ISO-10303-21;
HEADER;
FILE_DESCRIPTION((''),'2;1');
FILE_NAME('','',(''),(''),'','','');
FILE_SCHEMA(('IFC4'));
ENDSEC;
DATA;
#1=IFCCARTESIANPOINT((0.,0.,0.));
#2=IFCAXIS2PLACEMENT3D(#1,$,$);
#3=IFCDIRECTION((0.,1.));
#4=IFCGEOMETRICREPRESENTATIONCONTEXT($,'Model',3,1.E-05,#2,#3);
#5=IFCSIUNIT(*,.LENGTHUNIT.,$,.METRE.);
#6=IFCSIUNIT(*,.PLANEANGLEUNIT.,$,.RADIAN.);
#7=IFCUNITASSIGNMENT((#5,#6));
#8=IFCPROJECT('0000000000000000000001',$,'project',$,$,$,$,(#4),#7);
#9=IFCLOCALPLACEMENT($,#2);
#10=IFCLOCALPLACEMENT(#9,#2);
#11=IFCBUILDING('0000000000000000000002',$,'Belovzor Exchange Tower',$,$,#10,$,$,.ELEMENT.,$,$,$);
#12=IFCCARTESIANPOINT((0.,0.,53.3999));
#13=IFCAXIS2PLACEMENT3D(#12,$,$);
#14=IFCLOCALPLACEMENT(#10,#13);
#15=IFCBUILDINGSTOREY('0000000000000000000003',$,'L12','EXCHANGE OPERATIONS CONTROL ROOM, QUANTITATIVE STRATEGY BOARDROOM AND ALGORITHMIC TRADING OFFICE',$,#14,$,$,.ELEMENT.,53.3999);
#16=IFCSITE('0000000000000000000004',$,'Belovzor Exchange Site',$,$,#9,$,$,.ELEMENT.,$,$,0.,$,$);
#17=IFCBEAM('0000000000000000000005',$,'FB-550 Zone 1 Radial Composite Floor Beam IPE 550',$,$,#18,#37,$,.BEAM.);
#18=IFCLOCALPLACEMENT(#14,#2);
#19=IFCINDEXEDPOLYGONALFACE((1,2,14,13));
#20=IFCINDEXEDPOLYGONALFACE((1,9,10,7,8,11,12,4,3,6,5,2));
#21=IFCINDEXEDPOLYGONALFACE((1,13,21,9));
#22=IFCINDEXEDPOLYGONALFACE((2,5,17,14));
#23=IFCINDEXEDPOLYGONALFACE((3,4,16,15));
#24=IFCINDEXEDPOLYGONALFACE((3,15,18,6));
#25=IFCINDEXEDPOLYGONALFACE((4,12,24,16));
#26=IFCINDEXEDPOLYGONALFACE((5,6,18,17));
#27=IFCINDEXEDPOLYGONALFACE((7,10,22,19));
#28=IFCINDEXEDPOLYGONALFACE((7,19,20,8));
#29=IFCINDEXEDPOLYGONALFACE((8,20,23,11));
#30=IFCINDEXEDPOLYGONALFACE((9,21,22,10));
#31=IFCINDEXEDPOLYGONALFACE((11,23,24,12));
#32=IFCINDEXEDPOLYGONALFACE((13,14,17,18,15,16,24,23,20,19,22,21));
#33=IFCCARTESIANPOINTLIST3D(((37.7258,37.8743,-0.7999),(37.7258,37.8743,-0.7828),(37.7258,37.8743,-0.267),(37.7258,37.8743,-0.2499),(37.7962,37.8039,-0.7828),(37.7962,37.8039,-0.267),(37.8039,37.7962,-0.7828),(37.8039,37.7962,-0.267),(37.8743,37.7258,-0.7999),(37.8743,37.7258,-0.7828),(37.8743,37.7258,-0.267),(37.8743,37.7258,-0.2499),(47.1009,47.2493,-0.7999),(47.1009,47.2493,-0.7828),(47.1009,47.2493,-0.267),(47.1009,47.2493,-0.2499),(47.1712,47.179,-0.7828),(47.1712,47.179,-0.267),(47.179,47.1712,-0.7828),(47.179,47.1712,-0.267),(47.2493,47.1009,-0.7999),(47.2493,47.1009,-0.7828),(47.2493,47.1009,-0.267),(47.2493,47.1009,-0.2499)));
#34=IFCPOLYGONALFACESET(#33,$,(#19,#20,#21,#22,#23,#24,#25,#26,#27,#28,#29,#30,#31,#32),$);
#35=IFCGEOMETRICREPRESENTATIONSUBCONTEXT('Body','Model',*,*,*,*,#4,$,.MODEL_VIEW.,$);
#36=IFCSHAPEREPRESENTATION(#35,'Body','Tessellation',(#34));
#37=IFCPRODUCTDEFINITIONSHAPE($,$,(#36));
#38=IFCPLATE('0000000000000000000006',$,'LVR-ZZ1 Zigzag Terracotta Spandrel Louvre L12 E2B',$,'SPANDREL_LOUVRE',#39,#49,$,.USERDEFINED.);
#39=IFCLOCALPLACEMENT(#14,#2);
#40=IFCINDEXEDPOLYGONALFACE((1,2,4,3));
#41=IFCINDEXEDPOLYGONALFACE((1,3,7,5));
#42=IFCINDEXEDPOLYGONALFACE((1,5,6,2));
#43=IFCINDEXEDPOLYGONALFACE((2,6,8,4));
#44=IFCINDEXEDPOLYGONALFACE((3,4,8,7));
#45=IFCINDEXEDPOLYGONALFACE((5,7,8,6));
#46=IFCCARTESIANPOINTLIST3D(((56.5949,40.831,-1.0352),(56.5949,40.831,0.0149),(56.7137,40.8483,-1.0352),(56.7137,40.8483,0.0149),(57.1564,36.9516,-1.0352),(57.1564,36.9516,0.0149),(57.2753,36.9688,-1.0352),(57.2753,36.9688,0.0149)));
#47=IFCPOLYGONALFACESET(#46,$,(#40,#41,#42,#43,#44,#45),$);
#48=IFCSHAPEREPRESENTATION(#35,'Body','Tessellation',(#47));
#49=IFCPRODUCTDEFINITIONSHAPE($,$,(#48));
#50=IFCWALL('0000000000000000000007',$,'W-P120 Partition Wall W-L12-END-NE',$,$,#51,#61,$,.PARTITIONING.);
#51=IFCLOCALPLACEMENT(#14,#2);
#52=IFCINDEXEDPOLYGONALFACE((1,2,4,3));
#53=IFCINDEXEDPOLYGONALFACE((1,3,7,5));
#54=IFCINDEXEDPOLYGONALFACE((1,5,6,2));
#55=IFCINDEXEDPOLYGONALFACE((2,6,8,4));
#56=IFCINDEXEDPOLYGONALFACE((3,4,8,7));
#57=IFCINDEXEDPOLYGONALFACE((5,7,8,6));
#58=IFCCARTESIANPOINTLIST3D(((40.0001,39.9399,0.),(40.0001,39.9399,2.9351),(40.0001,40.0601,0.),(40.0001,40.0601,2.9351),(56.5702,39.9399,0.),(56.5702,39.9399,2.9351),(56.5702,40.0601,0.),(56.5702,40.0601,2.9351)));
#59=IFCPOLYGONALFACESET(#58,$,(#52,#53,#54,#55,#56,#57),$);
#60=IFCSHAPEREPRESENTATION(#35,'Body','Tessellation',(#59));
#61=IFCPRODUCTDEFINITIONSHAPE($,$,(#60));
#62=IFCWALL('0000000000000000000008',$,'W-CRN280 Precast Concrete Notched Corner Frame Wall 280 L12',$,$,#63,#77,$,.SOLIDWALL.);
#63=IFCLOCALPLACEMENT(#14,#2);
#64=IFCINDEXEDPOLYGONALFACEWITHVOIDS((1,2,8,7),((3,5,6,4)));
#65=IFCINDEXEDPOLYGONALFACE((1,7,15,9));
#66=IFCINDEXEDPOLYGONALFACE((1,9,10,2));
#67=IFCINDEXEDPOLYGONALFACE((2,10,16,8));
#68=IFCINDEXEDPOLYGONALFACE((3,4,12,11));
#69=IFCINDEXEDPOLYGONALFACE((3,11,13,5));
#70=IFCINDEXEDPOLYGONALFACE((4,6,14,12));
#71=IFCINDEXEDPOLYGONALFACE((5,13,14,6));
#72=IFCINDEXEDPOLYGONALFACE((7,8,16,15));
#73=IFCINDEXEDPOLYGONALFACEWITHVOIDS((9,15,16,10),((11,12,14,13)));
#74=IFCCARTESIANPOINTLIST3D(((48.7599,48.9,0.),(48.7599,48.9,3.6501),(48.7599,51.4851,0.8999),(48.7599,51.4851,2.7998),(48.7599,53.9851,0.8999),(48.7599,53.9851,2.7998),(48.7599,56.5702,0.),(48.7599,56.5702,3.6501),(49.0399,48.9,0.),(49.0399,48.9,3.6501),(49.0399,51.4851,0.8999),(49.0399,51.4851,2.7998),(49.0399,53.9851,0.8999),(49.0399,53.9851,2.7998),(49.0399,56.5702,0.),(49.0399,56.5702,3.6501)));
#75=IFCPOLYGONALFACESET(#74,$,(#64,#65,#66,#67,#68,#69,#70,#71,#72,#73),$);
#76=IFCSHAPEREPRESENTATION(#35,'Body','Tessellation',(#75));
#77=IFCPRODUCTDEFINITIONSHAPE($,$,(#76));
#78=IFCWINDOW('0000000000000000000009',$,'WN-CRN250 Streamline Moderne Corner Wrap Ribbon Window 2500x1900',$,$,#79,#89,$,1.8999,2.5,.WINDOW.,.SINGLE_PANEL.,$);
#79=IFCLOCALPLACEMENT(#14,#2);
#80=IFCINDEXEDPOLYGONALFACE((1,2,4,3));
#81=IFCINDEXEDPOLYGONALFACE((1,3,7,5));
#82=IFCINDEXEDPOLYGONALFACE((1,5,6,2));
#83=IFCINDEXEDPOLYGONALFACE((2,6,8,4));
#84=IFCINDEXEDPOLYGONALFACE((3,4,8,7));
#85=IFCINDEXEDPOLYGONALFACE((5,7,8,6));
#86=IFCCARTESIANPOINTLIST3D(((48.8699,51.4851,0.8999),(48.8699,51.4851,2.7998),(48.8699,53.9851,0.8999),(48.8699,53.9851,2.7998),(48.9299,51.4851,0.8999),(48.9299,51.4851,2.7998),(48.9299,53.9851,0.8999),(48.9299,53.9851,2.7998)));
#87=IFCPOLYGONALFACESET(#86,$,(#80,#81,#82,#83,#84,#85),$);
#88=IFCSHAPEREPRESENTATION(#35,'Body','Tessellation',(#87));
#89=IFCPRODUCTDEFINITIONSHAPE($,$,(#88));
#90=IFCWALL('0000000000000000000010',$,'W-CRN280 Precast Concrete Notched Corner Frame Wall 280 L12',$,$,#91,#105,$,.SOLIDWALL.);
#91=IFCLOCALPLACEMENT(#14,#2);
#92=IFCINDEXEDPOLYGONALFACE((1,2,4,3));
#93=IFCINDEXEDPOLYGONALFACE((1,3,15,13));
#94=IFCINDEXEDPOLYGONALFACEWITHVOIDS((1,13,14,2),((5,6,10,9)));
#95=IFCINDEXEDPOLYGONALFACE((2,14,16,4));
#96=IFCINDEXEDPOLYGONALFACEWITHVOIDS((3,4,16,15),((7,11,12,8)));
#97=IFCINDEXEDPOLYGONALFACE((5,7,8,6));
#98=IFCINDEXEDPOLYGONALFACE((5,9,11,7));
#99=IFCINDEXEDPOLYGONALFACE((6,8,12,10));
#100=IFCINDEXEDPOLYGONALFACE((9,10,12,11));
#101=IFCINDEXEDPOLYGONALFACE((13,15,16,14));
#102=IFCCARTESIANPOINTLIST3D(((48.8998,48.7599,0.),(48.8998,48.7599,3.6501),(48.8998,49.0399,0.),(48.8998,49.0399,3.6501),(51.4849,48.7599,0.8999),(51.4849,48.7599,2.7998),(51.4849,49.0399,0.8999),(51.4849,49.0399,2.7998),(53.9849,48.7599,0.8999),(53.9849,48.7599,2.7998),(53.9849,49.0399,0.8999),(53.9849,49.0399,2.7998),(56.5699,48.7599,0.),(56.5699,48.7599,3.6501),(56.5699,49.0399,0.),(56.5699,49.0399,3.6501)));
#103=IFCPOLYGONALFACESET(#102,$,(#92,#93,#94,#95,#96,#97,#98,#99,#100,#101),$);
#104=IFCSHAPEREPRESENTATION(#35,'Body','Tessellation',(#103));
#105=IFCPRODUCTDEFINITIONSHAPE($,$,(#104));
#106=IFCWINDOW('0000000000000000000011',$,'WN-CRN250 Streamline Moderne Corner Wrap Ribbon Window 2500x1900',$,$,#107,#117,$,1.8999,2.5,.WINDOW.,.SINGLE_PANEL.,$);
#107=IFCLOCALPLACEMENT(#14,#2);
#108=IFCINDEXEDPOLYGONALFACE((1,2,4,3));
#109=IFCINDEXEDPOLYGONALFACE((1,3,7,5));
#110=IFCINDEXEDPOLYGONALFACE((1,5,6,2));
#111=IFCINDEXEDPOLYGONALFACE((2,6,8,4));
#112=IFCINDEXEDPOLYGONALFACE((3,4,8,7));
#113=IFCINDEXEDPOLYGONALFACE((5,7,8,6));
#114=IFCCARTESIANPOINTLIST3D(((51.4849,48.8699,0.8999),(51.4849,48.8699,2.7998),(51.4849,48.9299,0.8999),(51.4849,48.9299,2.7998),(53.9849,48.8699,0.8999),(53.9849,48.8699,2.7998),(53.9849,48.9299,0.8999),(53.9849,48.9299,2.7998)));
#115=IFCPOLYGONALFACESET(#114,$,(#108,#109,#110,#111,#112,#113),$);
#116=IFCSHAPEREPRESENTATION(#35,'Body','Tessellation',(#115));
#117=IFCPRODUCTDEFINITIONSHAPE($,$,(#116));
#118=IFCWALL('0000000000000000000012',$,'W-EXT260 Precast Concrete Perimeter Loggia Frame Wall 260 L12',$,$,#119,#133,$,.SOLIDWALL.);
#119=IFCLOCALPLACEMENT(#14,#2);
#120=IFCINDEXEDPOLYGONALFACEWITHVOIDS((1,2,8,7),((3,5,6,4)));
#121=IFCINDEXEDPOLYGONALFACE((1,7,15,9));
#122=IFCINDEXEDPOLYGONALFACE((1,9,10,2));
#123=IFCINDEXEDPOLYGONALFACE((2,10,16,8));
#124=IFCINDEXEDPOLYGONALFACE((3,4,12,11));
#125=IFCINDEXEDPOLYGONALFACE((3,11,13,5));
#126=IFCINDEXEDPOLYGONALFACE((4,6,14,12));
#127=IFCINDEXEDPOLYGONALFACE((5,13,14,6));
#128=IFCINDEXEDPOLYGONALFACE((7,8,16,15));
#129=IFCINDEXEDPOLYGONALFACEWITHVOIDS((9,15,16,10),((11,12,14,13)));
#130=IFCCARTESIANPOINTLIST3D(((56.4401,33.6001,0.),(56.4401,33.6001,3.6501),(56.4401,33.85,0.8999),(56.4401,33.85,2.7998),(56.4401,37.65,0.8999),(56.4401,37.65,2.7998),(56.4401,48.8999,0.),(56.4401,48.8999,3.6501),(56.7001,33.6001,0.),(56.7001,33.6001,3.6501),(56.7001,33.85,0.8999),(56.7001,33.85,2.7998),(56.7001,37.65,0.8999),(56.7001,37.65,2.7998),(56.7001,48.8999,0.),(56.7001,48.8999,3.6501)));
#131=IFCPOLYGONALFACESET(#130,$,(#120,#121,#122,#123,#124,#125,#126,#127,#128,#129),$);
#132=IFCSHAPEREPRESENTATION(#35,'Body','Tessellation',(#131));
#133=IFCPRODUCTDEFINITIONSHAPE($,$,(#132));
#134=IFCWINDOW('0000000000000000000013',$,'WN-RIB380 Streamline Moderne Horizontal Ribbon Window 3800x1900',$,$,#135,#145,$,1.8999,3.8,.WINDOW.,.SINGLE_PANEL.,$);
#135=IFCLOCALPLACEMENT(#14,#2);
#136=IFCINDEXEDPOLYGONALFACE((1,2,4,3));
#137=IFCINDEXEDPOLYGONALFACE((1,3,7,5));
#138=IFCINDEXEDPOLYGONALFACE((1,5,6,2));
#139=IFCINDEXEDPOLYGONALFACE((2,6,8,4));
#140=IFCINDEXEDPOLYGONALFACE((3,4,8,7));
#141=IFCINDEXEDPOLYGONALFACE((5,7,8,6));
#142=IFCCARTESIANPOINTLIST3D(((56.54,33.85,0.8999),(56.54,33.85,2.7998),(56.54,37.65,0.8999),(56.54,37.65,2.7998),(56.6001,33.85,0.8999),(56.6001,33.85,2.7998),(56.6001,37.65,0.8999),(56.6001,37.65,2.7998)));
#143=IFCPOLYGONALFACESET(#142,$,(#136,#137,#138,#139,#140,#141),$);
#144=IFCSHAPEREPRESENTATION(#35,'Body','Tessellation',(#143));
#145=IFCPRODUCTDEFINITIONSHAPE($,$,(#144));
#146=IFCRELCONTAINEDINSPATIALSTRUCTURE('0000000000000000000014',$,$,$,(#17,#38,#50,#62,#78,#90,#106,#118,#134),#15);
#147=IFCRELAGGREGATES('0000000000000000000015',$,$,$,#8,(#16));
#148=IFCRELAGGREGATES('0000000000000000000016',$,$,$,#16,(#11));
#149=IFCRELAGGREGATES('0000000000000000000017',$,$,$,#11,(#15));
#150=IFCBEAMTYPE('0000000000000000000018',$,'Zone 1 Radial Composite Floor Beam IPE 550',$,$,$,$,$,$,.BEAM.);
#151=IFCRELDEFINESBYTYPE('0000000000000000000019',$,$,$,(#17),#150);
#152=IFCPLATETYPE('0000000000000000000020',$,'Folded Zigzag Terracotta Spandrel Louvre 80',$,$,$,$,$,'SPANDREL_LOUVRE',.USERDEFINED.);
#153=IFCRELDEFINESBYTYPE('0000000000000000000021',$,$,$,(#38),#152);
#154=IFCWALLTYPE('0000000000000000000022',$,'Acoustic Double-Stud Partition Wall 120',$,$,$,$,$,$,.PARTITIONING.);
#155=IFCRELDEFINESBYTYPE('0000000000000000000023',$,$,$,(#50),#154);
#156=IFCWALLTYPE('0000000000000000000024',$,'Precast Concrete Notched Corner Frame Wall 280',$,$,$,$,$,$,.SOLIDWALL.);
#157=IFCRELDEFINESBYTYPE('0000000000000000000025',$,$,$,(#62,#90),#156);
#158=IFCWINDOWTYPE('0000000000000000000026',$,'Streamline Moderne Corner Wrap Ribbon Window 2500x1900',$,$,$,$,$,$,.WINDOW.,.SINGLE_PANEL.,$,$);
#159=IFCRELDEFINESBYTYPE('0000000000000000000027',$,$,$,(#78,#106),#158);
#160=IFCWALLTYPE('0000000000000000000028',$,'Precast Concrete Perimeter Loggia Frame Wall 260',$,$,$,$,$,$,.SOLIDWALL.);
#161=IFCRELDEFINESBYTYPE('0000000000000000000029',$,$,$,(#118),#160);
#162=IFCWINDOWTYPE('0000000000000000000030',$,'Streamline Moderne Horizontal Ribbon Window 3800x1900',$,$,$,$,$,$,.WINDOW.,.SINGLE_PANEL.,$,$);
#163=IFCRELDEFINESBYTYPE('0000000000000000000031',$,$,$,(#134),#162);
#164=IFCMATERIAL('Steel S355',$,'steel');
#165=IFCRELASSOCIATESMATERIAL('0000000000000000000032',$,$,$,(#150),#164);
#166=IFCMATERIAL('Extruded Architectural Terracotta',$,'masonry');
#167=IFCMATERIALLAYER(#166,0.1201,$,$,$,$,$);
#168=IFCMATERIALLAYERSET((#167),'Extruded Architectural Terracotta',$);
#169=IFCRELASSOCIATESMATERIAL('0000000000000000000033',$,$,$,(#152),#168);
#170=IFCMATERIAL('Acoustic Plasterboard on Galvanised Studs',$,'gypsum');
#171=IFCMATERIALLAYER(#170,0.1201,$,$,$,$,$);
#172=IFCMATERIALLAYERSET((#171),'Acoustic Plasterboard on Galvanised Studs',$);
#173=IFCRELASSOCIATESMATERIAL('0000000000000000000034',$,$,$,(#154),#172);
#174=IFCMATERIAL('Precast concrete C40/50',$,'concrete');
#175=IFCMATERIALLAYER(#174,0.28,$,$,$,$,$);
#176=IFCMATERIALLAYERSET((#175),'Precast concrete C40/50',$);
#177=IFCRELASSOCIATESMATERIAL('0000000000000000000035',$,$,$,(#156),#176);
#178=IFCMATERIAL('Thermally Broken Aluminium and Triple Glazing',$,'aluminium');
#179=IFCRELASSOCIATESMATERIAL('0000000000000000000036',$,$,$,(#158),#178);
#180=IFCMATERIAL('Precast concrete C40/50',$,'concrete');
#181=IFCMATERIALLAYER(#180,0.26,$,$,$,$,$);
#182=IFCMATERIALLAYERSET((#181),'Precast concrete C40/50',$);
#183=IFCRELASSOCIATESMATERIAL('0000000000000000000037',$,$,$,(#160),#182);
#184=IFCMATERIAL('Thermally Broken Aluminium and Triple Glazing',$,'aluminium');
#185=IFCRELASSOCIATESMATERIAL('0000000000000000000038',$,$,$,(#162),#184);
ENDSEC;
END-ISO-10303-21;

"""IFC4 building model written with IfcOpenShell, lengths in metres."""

from ifc_helpers import new_model, si_unit, direction, frame, frame_2d, origin, origin_2d, place, context, subcontext, project, spatial, rectangle, i_section, extrude, material, layer, layer_set, material_profile, profile_set, type_object, element, fill, save


model = new_model("IFC4")

# Units and contexts
model_context = context("Model", 3, precision=1e-05, world=origin(), true_north=direction((0.0, 1.0)))
body_context = subcontext(model_context, "Body", "Model", "MODEL_VIEW")
ifc_project = project(units=[si_unit("LENGTHUNIT", "METRE"), si_unit("PLANEANGLEUNIT", "RADIAN")], contexts=[model_context])

# Site, building, storey
site_placement = place(None, origin())
site = spatial("IfcSite", under=ifc_project, at=site_placement, Name="Belovzor Exchange Site", CompositionType="ELEMENT", RefElevation=0.0)
building_placement = place(site_placement, origin())
building = spatial("IfcBuilding", under=site, at=building_placement, Name="Belovzor Exchange Tower", CompositionType="ELEMENT")
storey_placement = place(building_placement, frame((0.0, 0.0, 53.3999)))
storey = spatial("IfcBuildingStorey", under=building, at=storey_placement, Name="L12", Description="EXCHANGE OPERATIONS CONTROL ROOM, QUANTITATIVE STRATEGY BOARDROOM AND ALGORITHMIC TRADING OFFICE", CompositionType="ELEMENT", Elevation=53.3999)

# Beam
ifc_material_1 = material(Name="Steel S355", Category="steel")
ifc_material_profile_1 = material_profile(ifc_material_1, i_section(OverallWidth=0.21, OverallDepth=0.55, WebThickness=0.011, FlangeThickness=0.0171, at=origin_2d()))
ifc_profile_set_1 = profile_set([ifc_material_profile_1], Name="Steel S355")
beam_type_1 = type_object("IfcBeamType", Name="Zone 1 Radial Composite Floor Beam IPE 550", PredefinedType="BEAM", material=ifc_profile_set_1)
beam_1_placement = place(storey_placement, frame((37.8, 37.8, -0.5249), z_axis=(0.707107, 0.707107, 0.0), x_axis=(-0.707107, 0.707107, 0.0)))
element("IfcBeam", 1, at=beam_1_placement, inside=storey, type_object=beam_type_1, Name="FB-550 Zone 1 Radial Composite Floor Beam IPE 550", PredefinedType="BEAM", context=body_context, shape_type="SweptSolid", body=[
    extrude(i_section(OverallWidth=0.21, OverallDepth=0.55, WebThickness=0.011, FlangeThickness=0.0171, at=origin_2d()), origin(), (0.0, 0.0, 1.0), 13.2583),
])

# Plate
ifc_material_2 = material(Name="Extruded Architectural Terracotta", Category="masonry")
ifc_layer_1 = layer(ifc_material_2, 0.1201)
ifc_layer_set_1 = layer_set([ifc_layer_1], Name="Extruded Architectural Terracotta")
plate_type = type_object("IfcPlateType", Name="Folded Zigzag Terracotta Spandrel Louvre 80", ElementType="SPANDREL_LOUVRE", PredefinedType="USERDEFINED", material=ifc_layer_set_1)
plate_placement = place(storey_placement, frame((56.9351, 38.8999, -1.0352), z_axis=(0.0, 0.0, 1.0), x_axis=(-0.143251, 0.989686, 0.0)))
element("IfcPlate", 2, at=plate_placement, inside=storey, type_object=plate_type, Name="LVR-ZZ1 Zigzag Terracotta Spandrel Louvre L12 E2B", ObjectType="SPANDREL_LOUVRE", PredefinedType="USERDEFINED", context=body_context, shape_type="SweptSolid", body=[
    extrude(rectangle(XDim=3.9199, YDim=0.1201, at=origin_2d()), origin(), (0.0, 0.0, 1.0), 1.05),
])

# Wall
ifc_material_3 = material(Name="Acoustic Plasterboard on Galvanised Studs", Category="gypsum")
ifc_layer_2 = layer(ifc_material_3, 0.1201)
ifc_layer_set_2 = layer_set([ifc_layer_2], Name="Acoustic Plasterboard on Galvanised Studs")
wall_type_1 = type_object("IfcWallType", Name="Acoustic Double-Stud Partition Wall 120", PredefinedType="PARTITIONING", material=ifc_layer_set_2)
wall_1_placement = place(storey_placement, frame((40.0, 40.0, 0.0), z_axis=(0.0, 0.0, 1.0), x_axis=(1.0, 0.0, 0.0)))
element("IfcWall", 3, at=wall_1_placement, inside=storey, type_object=wall_type_1, Name="W-P120 Partition Wall W-L12-END-NE", PredefinedType="PARTITIONING", context=body_context, shape_type="SweptSolid", body=[
    extrude(rectangle(XDim=16.5701, YDim=0.1201, at=frame_2d((8.2852, 0.0))), origin(), (0.0, 0.0, 1.0), 2.9351),
])

# Walls, openings, windows
ifc_material_4 = material(Name="Precast concrete C40/50", Category="concrete")
ifc_layer_3 = layer(ifc_material_4, 0.28)
ifc_layer_set_3 = layer_set([ifc_layer_3], Name="Precast concrete C40/50")
wall_type_2 = type_object("IfcWallType", Name="Precast Concrete Notched Corner Frame Wall 280", PredefinedType="SOLIDWALL", material=ifc_layer_set_3)
wall_2_placement = place(storey_placement, frame((48.8999, 56.5701, 0.0), z_axis=(0.0, 0.0, 1.0), x_axis=(0.0, -1.0, 0.0)))
wall_2 = element("IfcWall", 4, at=wall_2_placement, inside=storey, type_object=wall_type_2, Name="W-CRN280 Precast Concrete Notched Corner Frame Wall 280 L12", PredefinedType="SOLIDWALL", context=body_context, shape_type="SweptSolid", body=[
    extrude(rectangle(XDim=7.6702, YDim=0.28, at=frame_2d((3.835, 0.0))), origin(), (0.0, 0.0, 1.0), 3.6501),
])
opening_1_placement = place(wall_2_placement, frame((2.585, 0.0, 0.8999)))
opening_1 = element("IfcOpeningElement", 5, at=opening_1_placement, cuts=wall_2, PredefinedType="OPENING", context=body_context, shape_type="SweptSolid", body=[
    extrude(rectangle(XDim=2.5, YDim=1.8999, at=frame_2d((1.25, 0.95))), frame((0.0, 0.1499, 0.0), z_axis=(0.0, -1.0, 0.0), x_axis=(1.0, 0.0, 0.0)), (0.0, 0.0, 1.0), 0.3),
])
ifc_material_5 = material(Name="Thermally Broken Aluminium and Triple Glazing", Category="aluminium")
window_type_1 = type_object("IfcWindowType", Name="Streamline Moderne Corner Wrap Ribbon Window 2500x1900", PartitioningType="SINGLE_PANEL", PredefinedType="WINDOW", material=ifc_material_5)
window_1_placement = place(opening_1_placement, origin())
window_1 = element("IfcWindow", 6, at=window_1_placement, inside=storey, type_object=window_type_1, Name="WN-CRN250 Streamline Moderne Corner Wrap Ribbon Window 2500x1900", OverallHeight=1.8999, OverallWidth=2.5, PartitioningType="SINGLE_PANEL", PredefinedType="WINDOW", context=body_context, shape_type="SweptSolid", body=[
    extrude(rectangle(XDim=2.5, YDim=1.8999, at=frame_2d((1.25, 0.95))), frame((0.0, 0.03, 0.0), z_axis=(0.0, -1.0, 0.0), x_axis=(1.0, 0.0, 0.0)), (0.0, 0.0, 1.0), 0.0601),
])
fill(opening_1, window_1)
wall_3_placement = place(storey_placement, frame((48.8999, 48.8999, 0.0), z_axis=(0.0, 0.0, 1.0), x_axis=(1.0, 0.0, 0.0)))
wall_3 = element("IfcWall", 7, at=wall_3_placement, inside=storey, type_object=wall_type_2, Name="W-CRN280 Precast Concrete Notched Corner Frame Wall 280 L12", PredefinedType="SOLIDWALL", context=body_context, shape_type="SweptSolid", body=[
    extrude(rectangle(XDim=7.6702, YDim=0.28, at=frame_2d((3.835, 0.0))), origin(), (0.0, 0.0, 1.0), 3.6501),
])
opening_2_placement = place(wall_3_placement, frame((2.585, 0.0, 0.8999)))
opening_2 = element("IfcOpeningElement", 8, at=opening_2_placement, cuts=wall_3, PredefinedType="OPENING", context=body_context, shape_type="SweptSolid", body=[
    extrude(rectangle(XDim=2.5, YDim=1.8999, at=frame_2d((1.25, 0.95))), frame((0.0, 0.1499, 0.0), z_axis=(0.0, -1.0, 0.0), x_axis=(1.0, 0.0, 0.0)), (0.0, 0.0, 1.0), 0.3),
])
window_2_placement = place(opening_2_placement, origin())
window_2 = element("IfcWindow", 9, at=window_2_placement, inside=storey, type_object=window_type_1, Name="WN-CRN250 Streamline Moderne Corner Wrap Ribbon Window 2500x1900", OverallHeight=1.8999, OverallWidth=2.5, PartitioningType="SINGLE_PANEL", PredefinedType="WINDOW", context=body_context, shape_type="SweptSolid", body=[
    extrude(rectangle(XDim=2.5, YDim=1.8999, at=frame_2d((1.25, 0.95))), frame((0.0, 0.03, 0.0), z_axis=(0.0, -1.0, 0.0), x_axis=(1.0, 0.0, 0.0)), (0.0, 0.0, 1.0), 0.0601),
])
fill(opening_2, window_2)
ifc_material_6 = material(Name="Precast concrete C40/50", Category="concrete")
ifc_layer_4 = layer(ifc_material_6, 0.26)
ifc_layer_set_4 = layer_set([ifc_layer_4], Name="Precast concrete C40/50")
wall_type_3 = type_object("IfcWallType", Name="Precast Concrete Perimeter Loggia Frame Wall 260", PredefinedType="SOLIDWALL", material=ifc_layer_set_4)
wall_4_placement = place(storey_placement, frame((56.5701, 48.8999, 0.0), z_axis=(0.0, 0.0, 1.0), x_axis=(0.0, -1.0, 0.0)))
wall_4 = element("IfcWall", 10, at=wall_4_placement, inside=storey, type_object=wall_type_3, Name="W-EXT260 Precast Concrete Perimeter Loggia Frame Wall 260 L12", PredefinedType="SOLIDWALL", context=body_context, shape_type="SweptSolid", body=[
    extrude(rectangle(XDim=15.2998, YDim=0.26, at=frame_2d((7.6499, 0.0))), origin(), (0.0, 0.0, 1.0), 3.6501),
])
opening_3_placement = place(wall_4_placement, frame((11.25, 0.0, 0.8999)))
opening_3 = element("IfcOpeningElement", 11, at=opening_3_placement, cuts=wall_4, PredefinedType="OPENING", context=body_context, shape_type="SweptSolid", body=[
    extrude(rectangle(XDim=3.8, YDim=1.8999, at=frame_2d((1.8999, 0.95))), frame((0.0, 0.1399, 0.0), z_axis=(0.0, -1.0, 0.0), x_axis=(1.0, 0.0, 0.0)), (0.0, 0.0, 1.0), 0.28),
])
ifc_material_7 = material(Name="Thermally Broken Aluminium and Triple Glazing", Category="aluminium")
window_type_2 = type_object("IfcWindowType", Name="Streamline Moderne Horizontal Ribbon Window 3800x1900", PartitioningType="SINGLE_PANEL", PredefinedType="WINDOW", material=ifc_material_7)
window_3_placement = place(opening_3_placement, origin())
window_3 = element("IfcWindow", 12, at=window_3_placement, inside=storey, type_object=window_type_2, Name="WN-RIB380 Streamline Moderne Horizontal Ribbon Window 3800x1900", OverallHeight=1.8999, OverallWidth=3.8, PartitioningType="SINGLE_PANEL", PredefinedType="WINDOW", context=body_context, shape_type="SweptSolid", body=[
    extrude(rectangle(XDim=3.8, YDim=1.8999, at=frame_2d((1.8999, 0.95))), frame((0.0, 0.03, 0.0), z_axis=(0.0, -1.0, 0.0), x_axis=(1.0, 0.0, 0.0)), (0.0, 0.0, 1.0), 0.0601),
])
fill(opening_3, window_3)

save(model, "model.ifc")
